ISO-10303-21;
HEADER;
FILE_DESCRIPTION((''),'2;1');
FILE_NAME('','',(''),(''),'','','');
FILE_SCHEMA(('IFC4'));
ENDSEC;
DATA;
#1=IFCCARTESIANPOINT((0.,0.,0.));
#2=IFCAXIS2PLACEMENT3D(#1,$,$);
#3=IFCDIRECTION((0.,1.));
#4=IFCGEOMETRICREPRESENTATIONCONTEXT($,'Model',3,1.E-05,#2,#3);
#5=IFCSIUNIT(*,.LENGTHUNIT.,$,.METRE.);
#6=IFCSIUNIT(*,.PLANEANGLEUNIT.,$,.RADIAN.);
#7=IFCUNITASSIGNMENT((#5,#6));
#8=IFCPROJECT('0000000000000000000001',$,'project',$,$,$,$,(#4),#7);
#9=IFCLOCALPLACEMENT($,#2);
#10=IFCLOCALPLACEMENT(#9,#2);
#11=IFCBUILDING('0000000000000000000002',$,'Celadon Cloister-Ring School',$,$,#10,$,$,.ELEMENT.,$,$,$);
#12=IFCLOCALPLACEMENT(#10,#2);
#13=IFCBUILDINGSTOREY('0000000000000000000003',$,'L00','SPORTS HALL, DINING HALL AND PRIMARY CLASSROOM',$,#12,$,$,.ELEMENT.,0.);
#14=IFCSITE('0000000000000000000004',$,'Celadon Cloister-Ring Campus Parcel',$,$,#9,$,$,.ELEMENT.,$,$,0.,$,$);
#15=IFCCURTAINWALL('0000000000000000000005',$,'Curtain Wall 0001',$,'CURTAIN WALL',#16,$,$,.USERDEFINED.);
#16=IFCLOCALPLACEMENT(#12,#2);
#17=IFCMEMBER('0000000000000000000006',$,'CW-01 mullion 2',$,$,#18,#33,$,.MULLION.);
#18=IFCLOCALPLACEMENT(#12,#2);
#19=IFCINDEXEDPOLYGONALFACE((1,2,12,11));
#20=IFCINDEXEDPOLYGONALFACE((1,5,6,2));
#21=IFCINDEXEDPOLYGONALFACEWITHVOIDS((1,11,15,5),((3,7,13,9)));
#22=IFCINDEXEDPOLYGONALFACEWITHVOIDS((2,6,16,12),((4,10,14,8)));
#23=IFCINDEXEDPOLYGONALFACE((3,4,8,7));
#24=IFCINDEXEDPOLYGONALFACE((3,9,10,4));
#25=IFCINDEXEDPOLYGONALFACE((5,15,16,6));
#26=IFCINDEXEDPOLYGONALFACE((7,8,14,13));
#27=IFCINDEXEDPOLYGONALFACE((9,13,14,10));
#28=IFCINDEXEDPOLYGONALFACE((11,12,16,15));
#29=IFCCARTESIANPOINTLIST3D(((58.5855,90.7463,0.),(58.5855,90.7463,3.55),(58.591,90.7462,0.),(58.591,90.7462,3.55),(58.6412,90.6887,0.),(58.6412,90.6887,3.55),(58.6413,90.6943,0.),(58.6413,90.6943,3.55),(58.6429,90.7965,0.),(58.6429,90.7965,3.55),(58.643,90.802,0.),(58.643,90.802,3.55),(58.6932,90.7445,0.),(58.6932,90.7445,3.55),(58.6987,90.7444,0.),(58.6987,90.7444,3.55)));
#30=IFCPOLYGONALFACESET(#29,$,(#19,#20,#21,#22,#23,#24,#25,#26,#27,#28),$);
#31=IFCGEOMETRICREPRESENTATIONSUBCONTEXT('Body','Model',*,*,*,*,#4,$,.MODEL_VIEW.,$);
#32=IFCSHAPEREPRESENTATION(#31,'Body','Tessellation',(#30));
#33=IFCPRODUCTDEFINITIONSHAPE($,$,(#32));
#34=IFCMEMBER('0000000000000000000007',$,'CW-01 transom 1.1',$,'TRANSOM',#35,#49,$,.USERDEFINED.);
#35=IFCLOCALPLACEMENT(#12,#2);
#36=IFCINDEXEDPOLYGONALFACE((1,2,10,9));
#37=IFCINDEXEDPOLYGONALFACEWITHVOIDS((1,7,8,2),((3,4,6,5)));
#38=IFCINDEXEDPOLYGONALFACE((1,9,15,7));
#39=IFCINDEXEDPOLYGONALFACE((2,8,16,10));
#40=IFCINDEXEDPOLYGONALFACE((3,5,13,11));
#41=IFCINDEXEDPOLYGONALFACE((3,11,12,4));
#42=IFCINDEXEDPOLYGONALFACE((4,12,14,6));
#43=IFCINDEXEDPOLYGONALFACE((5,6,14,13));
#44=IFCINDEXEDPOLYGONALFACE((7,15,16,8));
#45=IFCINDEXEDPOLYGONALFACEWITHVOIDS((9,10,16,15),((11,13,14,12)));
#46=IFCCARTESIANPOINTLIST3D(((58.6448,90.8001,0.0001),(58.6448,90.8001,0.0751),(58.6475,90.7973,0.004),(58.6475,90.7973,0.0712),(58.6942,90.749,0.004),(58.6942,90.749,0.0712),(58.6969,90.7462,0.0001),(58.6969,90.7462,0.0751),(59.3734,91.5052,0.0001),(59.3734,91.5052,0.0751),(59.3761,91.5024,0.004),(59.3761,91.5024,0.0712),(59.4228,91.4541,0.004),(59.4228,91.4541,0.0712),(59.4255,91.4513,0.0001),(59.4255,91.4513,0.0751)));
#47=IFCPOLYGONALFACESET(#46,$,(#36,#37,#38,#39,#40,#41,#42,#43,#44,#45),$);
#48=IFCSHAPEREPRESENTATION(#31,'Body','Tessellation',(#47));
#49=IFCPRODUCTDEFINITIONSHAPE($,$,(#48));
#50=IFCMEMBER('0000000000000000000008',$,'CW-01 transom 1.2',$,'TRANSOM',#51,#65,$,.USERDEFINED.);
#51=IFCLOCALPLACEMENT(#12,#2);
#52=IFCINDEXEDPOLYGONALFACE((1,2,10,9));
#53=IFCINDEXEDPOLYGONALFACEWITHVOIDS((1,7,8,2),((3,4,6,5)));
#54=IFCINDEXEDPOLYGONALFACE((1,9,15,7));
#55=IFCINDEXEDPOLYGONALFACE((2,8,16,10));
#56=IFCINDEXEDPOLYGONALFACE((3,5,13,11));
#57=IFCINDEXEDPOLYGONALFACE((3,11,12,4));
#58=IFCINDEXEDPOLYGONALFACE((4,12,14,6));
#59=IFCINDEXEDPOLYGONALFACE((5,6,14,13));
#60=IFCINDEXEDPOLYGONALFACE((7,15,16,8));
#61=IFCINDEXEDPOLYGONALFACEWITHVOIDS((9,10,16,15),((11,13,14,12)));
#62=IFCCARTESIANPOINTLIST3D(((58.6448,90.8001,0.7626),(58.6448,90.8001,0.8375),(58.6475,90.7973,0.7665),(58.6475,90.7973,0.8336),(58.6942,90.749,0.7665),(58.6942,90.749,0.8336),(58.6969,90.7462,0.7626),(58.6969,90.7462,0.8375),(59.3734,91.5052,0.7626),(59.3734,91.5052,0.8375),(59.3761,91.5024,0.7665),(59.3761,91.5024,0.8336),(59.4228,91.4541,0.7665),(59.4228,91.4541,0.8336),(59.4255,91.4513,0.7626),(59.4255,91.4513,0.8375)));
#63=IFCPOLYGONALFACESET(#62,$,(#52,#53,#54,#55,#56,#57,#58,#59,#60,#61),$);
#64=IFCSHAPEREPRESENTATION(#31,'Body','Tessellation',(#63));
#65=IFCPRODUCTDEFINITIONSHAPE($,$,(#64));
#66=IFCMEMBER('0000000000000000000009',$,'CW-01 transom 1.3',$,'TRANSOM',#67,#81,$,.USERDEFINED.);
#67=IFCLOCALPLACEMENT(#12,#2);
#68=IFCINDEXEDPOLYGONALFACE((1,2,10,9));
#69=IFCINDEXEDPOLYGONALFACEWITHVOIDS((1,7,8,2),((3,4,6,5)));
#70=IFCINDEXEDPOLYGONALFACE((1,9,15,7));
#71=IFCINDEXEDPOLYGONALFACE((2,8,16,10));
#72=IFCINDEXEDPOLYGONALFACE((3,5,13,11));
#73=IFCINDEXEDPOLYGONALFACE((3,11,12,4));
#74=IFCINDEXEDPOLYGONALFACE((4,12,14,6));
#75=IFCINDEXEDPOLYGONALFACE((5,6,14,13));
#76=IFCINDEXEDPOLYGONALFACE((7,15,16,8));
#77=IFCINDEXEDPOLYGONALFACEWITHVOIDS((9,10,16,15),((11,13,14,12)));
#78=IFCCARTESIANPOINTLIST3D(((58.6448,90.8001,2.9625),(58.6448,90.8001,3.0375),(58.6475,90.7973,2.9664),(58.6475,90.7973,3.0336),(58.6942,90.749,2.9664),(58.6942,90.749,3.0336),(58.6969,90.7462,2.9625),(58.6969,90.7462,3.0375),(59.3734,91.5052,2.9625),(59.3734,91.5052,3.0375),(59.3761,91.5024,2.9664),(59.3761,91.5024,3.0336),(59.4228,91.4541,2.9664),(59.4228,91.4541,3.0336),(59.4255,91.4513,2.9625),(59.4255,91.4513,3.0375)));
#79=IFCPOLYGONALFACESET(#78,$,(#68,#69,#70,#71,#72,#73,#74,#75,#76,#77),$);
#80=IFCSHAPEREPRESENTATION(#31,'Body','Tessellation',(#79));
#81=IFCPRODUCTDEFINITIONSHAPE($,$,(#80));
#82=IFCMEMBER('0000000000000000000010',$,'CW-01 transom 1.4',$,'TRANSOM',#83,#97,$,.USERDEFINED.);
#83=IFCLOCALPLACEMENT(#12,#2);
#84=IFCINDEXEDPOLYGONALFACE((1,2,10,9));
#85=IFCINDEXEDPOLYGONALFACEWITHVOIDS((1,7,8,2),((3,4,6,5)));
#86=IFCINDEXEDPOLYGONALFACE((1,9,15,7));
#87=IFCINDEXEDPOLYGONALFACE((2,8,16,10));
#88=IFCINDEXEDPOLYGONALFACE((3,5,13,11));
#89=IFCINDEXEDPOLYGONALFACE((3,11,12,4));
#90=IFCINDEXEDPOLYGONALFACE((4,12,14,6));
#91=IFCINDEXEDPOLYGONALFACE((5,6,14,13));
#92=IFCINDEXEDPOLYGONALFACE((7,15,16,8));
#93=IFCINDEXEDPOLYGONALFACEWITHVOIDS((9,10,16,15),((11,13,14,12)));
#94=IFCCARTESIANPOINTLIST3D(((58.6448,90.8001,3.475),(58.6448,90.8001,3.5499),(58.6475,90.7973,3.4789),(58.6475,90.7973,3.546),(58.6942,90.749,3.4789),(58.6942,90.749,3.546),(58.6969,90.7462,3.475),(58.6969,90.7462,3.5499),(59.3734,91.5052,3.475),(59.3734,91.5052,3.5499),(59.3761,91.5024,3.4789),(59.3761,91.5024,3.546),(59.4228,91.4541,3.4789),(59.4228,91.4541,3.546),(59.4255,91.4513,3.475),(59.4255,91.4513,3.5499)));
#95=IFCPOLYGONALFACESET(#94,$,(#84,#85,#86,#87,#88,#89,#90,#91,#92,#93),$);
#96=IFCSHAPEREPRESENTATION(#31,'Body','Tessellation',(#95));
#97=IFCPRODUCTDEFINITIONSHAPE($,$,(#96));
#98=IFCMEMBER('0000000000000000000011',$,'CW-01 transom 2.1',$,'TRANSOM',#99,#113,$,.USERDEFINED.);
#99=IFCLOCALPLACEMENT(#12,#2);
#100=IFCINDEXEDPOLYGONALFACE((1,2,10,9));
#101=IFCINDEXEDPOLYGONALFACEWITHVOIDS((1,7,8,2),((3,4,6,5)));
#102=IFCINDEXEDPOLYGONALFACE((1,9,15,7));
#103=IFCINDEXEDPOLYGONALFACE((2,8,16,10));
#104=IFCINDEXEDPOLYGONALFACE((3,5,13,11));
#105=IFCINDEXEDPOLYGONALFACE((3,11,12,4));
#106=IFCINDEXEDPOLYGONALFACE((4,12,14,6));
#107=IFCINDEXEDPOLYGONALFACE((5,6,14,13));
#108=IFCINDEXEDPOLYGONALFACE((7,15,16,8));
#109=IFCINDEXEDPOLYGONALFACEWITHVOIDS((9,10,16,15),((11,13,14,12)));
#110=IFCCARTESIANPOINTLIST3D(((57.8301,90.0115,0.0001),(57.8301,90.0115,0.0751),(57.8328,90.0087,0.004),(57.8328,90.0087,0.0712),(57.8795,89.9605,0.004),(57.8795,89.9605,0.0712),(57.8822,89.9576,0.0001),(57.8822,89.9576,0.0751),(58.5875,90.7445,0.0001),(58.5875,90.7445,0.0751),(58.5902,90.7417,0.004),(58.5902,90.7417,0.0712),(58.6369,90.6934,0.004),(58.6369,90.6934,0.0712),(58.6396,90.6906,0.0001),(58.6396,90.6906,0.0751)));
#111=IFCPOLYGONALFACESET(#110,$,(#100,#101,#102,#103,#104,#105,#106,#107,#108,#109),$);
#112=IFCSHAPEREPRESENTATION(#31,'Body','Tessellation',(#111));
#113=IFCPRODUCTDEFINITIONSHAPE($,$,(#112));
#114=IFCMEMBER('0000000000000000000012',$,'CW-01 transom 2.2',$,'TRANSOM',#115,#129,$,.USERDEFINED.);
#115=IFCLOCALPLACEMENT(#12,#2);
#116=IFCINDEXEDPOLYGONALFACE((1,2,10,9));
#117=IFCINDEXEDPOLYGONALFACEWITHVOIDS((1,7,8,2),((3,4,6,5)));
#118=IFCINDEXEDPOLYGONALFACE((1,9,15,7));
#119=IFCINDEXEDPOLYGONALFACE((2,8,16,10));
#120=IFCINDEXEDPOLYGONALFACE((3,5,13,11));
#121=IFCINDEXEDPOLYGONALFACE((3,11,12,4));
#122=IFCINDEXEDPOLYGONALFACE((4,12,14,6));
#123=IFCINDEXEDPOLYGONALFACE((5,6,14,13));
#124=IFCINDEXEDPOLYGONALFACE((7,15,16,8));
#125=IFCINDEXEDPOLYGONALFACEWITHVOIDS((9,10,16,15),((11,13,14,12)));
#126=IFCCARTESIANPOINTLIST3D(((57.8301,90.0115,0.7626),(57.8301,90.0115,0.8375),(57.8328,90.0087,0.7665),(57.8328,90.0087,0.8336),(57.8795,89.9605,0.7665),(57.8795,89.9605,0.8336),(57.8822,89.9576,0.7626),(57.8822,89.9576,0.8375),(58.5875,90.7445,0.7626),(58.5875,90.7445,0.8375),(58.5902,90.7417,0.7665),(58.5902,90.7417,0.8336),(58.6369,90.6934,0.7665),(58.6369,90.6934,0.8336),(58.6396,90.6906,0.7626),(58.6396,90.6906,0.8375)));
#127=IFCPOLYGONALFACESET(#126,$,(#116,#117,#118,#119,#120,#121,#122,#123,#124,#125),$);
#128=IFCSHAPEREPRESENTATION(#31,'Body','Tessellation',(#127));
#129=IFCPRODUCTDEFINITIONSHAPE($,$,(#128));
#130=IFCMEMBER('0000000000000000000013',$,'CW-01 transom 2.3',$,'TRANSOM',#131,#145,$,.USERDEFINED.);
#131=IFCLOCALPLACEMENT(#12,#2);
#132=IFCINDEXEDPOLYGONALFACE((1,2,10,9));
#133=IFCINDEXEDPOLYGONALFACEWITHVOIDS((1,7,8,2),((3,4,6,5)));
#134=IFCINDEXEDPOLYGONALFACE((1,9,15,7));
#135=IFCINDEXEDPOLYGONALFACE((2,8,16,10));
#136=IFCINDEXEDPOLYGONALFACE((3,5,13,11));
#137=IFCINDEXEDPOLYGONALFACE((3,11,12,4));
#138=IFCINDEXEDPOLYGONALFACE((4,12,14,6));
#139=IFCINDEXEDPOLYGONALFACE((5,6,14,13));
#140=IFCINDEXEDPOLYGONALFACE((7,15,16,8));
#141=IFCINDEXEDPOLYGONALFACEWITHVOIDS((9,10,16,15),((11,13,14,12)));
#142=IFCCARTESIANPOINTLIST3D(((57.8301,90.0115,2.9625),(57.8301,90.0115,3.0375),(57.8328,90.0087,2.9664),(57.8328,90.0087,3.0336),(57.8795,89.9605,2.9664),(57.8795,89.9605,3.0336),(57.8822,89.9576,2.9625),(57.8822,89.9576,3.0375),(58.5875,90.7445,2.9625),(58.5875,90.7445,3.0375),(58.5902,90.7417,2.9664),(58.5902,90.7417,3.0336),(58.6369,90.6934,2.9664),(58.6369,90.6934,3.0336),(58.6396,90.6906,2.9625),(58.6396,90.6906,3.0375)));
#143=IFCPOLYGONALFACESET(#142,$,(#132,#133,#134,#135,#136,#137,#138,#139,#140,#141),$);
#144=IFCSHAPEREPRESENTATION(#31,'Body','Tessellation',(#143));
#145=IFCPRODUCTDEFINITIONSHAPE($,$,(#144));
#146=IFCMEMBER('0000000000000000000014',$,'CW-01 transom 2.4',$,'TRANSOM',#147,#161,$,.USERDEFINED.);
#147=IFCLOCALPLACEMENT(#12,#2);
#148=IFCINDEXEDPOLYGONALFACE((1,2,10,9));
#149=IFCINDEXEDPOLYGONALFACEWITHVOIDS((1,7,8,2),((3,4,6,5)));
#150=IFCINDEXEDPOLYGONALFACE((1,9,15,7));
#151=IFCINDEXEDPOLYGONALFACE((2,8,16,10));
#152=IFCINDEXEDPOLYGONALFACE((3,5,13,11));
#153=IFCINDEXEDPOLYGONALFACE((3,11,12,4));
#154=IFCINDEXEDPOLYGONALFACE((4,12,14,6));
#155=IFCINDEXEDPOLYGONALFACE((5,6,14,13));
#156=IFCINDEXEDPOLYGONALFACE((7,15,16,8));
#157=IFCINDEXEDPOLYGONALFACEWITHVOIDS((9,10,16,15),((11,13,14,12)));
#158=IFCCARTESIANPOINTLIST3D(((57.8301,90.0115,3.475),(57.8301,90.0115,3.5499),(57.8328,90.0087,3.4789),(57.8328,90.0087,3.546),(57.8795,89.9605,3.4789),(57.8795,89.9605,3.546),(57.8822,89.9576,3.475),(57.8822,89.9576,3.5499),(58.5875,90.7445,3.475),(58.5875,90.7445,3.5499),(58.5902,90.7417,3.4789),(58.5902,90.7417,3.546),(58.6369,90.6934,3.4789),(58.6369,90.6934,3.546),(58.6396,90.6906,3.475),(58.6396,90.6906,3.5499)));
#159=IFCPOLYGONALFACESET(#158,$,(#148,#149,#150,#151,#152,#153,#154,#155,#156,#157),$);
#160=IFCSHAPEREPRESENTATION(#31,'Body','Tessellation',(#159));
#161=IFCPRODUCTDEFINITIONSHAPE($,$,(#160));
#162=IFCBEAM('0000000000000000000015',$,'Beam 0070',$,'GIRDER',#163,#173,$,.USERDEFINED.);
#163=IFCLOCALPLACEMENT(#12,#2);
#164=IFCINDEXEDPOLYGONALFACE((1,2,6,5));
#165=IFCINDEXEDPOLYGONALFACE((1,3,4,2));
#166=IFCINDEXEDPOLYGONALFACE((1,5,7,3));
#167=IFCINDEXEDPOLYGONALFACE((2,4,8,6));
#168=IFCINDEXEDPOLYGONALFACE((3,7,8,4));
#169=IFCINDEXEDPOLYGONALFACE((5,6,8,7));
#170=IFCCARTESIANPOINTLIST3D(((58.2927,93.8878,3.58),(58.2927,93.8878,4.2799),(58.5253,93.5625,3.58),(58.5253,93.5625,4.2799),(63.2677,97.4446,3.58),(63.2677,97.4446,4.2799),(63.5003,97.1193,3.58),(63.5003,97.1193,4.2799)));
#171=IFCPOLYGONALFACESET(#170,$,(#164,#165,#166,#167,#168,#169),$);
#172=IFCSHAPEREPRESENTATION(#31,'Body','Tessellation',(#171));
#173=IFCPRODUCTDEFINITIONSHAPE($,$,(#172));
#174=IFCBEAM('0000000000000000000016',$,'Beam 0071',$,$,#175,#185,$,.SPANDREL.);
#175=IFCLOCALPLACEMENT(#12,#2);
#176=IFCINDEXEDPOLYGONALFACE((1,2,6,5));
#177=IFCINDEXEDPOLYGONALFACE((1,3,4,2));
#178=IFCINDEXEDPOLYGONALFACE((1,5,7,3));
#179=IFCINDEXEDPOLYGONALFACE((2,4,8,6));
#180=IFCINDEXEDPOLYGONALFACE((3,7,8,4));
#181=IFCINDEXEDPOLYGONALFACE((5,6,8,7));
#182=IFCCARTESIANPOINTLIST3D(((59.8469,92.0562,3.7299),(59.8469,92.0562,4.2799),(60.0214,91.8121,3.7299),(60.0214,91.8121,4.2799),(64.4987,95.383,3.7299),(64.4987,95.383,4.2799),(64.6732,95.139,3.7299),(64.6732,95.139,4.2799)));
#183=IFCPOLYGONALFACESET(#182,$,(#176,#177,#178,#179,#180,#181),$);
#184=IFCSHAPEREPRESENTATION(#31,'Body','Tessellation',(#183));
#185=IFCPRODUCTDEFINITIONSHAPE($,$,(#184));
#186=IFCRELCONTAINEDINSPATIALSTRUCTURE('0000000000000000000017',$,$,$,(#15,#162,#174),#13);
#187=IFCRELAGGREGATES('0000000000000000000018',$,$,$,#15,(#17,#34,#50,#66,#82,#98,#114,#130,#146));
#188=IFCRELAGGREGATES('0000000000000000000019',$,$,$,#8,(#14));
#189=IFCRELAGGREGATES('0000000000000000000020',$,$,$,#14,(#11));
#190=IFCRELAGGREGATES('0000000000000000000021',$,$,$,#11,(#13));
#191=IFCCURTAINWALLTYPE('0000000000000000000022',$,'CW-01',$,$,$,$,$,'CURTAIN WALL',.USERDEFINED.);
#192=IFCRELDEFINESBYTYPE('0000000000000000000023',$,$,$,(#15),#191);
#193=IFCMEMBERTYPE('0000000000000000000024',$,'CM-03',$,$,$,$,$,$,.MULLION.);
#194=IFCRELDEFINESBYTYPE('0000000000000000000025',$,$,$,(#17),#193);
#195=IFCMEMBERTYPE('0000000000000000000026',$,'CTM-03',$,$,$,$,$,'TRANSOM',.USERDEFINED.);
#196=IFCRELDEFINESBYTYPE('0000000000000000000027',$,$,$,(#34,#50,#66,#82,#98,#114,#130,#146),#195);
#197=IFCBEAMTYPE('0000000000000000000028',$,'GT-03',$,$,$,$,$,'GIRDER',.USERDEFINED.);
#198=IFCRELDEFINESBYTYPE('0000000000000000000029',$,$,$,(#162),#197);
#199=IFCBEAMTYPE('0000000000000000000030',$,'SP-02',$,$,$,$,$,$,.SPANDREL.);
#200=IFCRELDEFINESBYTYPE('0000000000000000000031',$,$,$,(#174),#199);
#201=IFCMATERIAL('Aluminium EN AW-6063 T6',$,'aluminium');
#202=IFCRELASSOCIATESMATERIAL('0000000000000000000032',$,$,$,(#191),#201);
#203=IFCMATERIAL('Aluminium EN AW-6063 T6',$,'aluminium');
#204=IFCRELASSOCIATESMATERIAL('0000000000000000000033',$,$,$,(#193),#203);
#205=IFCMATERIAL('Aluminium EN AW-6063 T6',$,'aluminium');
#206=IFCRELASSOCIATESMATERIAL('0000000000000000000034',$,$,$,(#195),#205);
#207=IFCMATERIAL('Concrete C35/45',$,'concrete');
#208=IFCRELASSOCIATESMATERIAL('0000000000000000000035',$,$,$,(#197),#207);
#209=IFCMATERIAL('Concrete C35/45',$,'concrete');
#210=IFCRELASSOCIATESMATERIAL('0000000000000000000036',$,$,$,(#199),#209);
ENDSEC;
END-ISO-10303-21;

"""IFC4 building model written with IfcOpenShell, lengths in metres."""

from ifc_helpers import new_model, si_unit, direction, frame, origin, origin_2d, place, context, subcontext, project, spatial, rectangle, hollow_rectangle, extrude, material, material_profile, profile_set, type_object, element, aggregate, save


model = new_model("IFC4")

# Units and contexts
model_context = context("Model", 3, precision=1e-05, world=origin(), true_north=direction((0.0, 1.0)))
body_context = subcontext(model_context, "Body", "Model", "MODEL_VIEW")
ifc_project = project(units=[si_unit("LENGTHUNIT", "METRE"), si_unit("PLANEANGLEUNIT", "RADIAN")], contexts=[model_context])

# Site, building, storey
site_placement = place(None, origin())
site = spatial("IfcSite", under=ifc_project, at=site_placement, Name="Celadon Cloister-Ring Campus Parcel", CompositionType="ELEMENT", RefElevation=0.0)
building_placement = place(site_placement, origin())
building = spatial("IfcBuilding", under=site, at=building_placement, Name="Celadon Cloister-Ring School", CompositionType="ELEMENT")
storey_placement = place(building_placement, origin())
storey = spatial("IfcBuildingStorey", under=building, at=storey_placement, Name="L00", Description="SPORTS HALL, DINING HALL AND PRIMARY CLASSROOM", CompositionType="ELEMENT", Elevation=0.0)

# Curtain wall, members
ifc_material_1 = material(Name="Aluminium EN AW-6063 T6", Category="aluminium")
curtain_wall_type = type_object("IfcCurtainWallType", Name="CW-01", ElementType="CURTAIN WALL", PredefinedType="USERDEFINED", material=ifc_material_1)
curtain_wall_placement = place(storey_placement, origin())
curtain_wall = element("IfcCurtainWall", 1, at=curtain_wall_placement, inside=storey, type_object=curtain_wall_type, Name="Curtain Wall 0001", ObjectType="CURTAIN WALL", PredefinedType="USERDEFINED")
ifc_material_2 = material(Name="Aluminium EN AW-6063 T6", Category="aluminium")
ifc_material_profile_1 = material_profile(ifc_material_2, hollow_rectangle(XDim=0.0801, YDim=0.0801, WallThickness=0.0039, at=origin_2d()), Name="RHS80X80X4")
ifc_profile_set_1 = profile_set([ifc_material_profile_1], Name="Aluminium EN AW-6063 T6")
member_type_1 = type_object("IfcMemberType", Name="CM-03", PredefinedType="MULLION", material=ifc_profile_set_1)
member_1_placement = place(storey_placement, frame((58.6421, 90.7454, 0.0), z_axis=(0.0, 0.0, 1.0), x_axis=(0.69546, -0.718565, 0.0)))
member_1 = element("IfcMember", 2, at=member_1_placement, type_object=member_type_1, Name="CW-01 mullion 2", PredefinedType="MULLION", context=body_context, shape_type="SweptSolid", body=[
    extrude(hollow_rectangle(XDim=0.0801, YDim=0.0801, WallThickness=0.0039, at=origin_2d()), origin(), (0.0, 0.0, 1.0), 3.55),
])
ifc_material_3 = material(Name="Aluminium EN AW-6063 T6", Category="aluminium")
ifc_material_profile_2 = material_profile(ifc_material_3, hollow_rectangle(XDim=0.075, YDim=0.075, WallThickness=0.0039, at=origin_2d()), Name="RHS75X75X4")
ifc_profile_set_2 = profile_set([ifc_material_profile_2], Name="Aluminium EN AW-6063 T6")
member_type_2 = type_object("IfcMemberType", Name="CTM-03", ElementType="TRANSOM", PredefinedType="USERDEFINED", material=ifc_profile_set_2)
member_2_placement = place(storey_placement, frame((59.3994, 91.4783, 0.0376), z_axis=(-0.718571, -0.695454, 0.0), x_axis=(0.695454, -0.718571, 0.0)))
member_2 = element("IfcMember", 3, at=member_2_placement, type_object=member_type_2, Name="CW-01 transom 1.1", ObjectType="TRANSOM", PredefinedType="USERDEFINED", context=body_context, shape_type="SweptSolid", body=[
    extrude(hollow_rectangle(XDim=0.075, YDim=0.075, WallThickness=0.0039, at=origin_2d()), origin(), (0.0, 0.0, 1.0), 1.0139),
])
member_3_placement = place(storey_placement, frame((59.3994, 91.4783, 0.8), z_axis=(-0.718571, -0.695454, 0.0), x_axis=(0.695454, -0.718571, 0.0)))
member_3 = element("IfcMember", 4, at=member_3_placement, type_object=member_type_2, Name="CW-01 transom 1.2", ObjectType="TRANSOM", PredefinedType="USERDEFINED", context=body_context, shape_type="SweptSolid", body=[
    extrude(hollow_rectangle(XDim=0.075, YDim=0.075, WallThickness=0.0039, at=origin_2d()), origin(), (0.0, 0.0, 1.0), 1.0139),
])
member_4_placement = place(storey_placement, frame((59.3994, 91.4783, 3.0), z_axis=(-0.718571, -0.695454, 0.0), x_axis=(0.695454, -0.718571, 0.0)))
member_4 = element("IfcMember", 5, at=member_4_placement, type_object=member_type_2, Name="CW-01 transom 1.3", ObjectType="TRANSOM", PredefinedType="USERDEFINED", context=body_context, shape_type="SweptSolid", body=[
    extrude(hollow_rectangle(XDim=0.075, YDim=0.075, WallThickness=0.0039, at=origin_2d()), origin(), (0.0, 0.0, 1.0), 1.0139),
])
member_5_placement = place(storey_placement, frame((59.3994, 91.4783, 3.5125), z_axis=(-0.718571, -0.695454, 0.0), x_axis=(0.695454, -0.718571, 0.0)))
member_5 = element("IfcMember", 6, at=member_5_placement, type_object=member_type_2, Name="CW-01 transom 1.4", ObjectType="TRANSOM", PredefinedType="USERDEFINED", context=body_context, shape_type="SweptSolid", body=[
    extrude(hollow_rectangle(XDim=0.075, YDim=0.075, WallThickness=0.0039, at=origin_2d()), origin(), (0.0, 0.0, 1.0), 1.0139),
])
member_6_placement = place(storey_placement, frame((58.6135, 90.7175, 0.0376), z_axis=(-0.718595, -0.695429, 0.0), x_axis=(0.695429, -0.718595, 0.0)))
member_6 = element("IfcMember", 7, at=member_6_placement, type_object=member_type_2, Name="CW-01 transom 2.1", ObjectType="TRANSOM", PredefinedType="USERDEFINED", context=body_context, shape_type="SweptSolid", body=[
    extrude(hollow_rectangle(XDim=0.075, YDim=0.075, WallThickness=0.0039, at=origin_2d()), origin(), (0.0, 0.0, 1.0), 1.054),
])
member_7_placement = place(storey_placement, frame((58.6135, 90.7175, 0.8), z_axis=(-0.718595, -0.695429, 0.0), x_axis=(0.695429, -0.718595, 0.0)))
member_7 = element("IfcMember", 8, at=member_7_placement, type_object=member_type_2, Name="CW-01 transom 2.2", ObjectType="TRANSOM", PredefinedType="USERDEFINED", context=body_context, shape_type="SweptSolid", body=[
    extrude(hollow_rectangle(XDim=0.075, YDim=0.075, WallThickness=0.0039, at=origin_2d()), origin(), (0.0, 0.0, 1.0), 1.054),
])
member_8_placement = place(storey_placement, frame((58.6135, 90.7175, 3.0), z_axis=(-0.718595, -0.695429, 0.0), x_axis=(0.695429, -0.718595, 0.0)))
member_8 = element("IfcMember", 9, at=member_8_placement, type_object=member_type_2, Name="CW-01 transom 2.3", ObjectType="TRANSOM", PredefinedType="USERDEFINED", context=body_context, shape_type="SweptSolid", body=[
    extrude(hollow_rectangle(XDim=0.075, YDim=0.075, WallThickness=0.0039, at=origin_2d()), origin(), (0.0, 0.0, 1.0), 1.054),
])
member_9_placement = place(storey_placement, frame((58.6135, 90.7175, 3.5125), z_axis=(-0.718595, -0.695429, 0.0), x_axis=(0.695429, -0.718595, 0.0)))
member_9 = element("IfcMember", 10, at=member_9_placement, type_object=member_type_2, Name="CW-01 transom 2.4", ObjectType="TRANSOM", PredefinedType="USERDEFINED", context=body_context, shape_type="SweptSolid", body=[
    extrude(hollow_rectangle(XDim=0.075, YDim=0.075, WallThickness=0.0039, at=origin_2d()), origin(), (0.0, 0.0, 1.0), 1.054),
])

# Beams
ifc_material_4 = material(Name="Concrete C35/45", Category="concrete")
ifc_material_profile_3 = material_profile(ifc_material_4, rectangle(XDim=0.3999, YDim=0.7, at=origin_2d()), Name="RC400X700")
ifc_profile_set_3 = profile_set([ifc_material_profile_3], Name="Concrete C35/45")
beam_type_1 = type_object("IfcBeamType", Name="GT-03", ElementType="GIRDER", PredefinedType="USERDEFINED", material=ifc_profile_set_3)
beam_1_placement = place(storey_placement, frame((63.384, 97.282, 3.9299), z_axis=(-0.813483, -0.581589, 0.0), x_axis=(0.581589, -0.813483, 0.0)))
element("IfcBeam", 11, at=beam_1_placement, inside=storey, type_object=beam_type_1, Name="Beam 0070", ObjectType="GIRDER", PredefinedType="USERDEFINED", context=body_context, shape_type="SweptSolid", body=[
    extrude(rectangle(XDim=0.3999, YDim=0.7, at=origin_2d()), origin(), (0.0, 0.0, 1.0), 6.1157),
])
ifc_material_5 = material(Name="Concrete C35/45", Category="concrete")
ifc_material_profile_4 = material_profile(ifc_material_5, rectangle(XDim=0.3, YDim=0.55, at=origin_2d()), Name="RC300X550")
ifc_profile_set_4 = profile_set([ifc_material_profile_4], Name="Concrete C35/45")
beam_type_2 = type_object("IfcBeamType", Name="SP-02", PredefinedType="SPANDREL", material=ifc_profile_set_4)
beam_2_placement = place(storey_placement, frame((64.5859, 95.261, 4.0049), z_axis=(-0.81339, -0.581719, 0.0), x_axis=(0.581719, -0.81339, 0.0)))
element("IfcBeam", 12, at=beam_2_placement, inside=storey, type_object=beam_type_2, Name="Beam 0071", PredefinedType="SPANDREL", context=body_context, shape_type="SweptSolid", body=[
    extrude(rectangle(XDim=0.3, YDim=0.55, at=origin_2d()), origin(), (0.0, 0.0, 1.0), 5.719),
])

aggregate(curtain_wall, [member_1, member_2, member_3, member_4, member_5, member_6, member_7, member_8, member_9])

save(model, "model.ifc")
